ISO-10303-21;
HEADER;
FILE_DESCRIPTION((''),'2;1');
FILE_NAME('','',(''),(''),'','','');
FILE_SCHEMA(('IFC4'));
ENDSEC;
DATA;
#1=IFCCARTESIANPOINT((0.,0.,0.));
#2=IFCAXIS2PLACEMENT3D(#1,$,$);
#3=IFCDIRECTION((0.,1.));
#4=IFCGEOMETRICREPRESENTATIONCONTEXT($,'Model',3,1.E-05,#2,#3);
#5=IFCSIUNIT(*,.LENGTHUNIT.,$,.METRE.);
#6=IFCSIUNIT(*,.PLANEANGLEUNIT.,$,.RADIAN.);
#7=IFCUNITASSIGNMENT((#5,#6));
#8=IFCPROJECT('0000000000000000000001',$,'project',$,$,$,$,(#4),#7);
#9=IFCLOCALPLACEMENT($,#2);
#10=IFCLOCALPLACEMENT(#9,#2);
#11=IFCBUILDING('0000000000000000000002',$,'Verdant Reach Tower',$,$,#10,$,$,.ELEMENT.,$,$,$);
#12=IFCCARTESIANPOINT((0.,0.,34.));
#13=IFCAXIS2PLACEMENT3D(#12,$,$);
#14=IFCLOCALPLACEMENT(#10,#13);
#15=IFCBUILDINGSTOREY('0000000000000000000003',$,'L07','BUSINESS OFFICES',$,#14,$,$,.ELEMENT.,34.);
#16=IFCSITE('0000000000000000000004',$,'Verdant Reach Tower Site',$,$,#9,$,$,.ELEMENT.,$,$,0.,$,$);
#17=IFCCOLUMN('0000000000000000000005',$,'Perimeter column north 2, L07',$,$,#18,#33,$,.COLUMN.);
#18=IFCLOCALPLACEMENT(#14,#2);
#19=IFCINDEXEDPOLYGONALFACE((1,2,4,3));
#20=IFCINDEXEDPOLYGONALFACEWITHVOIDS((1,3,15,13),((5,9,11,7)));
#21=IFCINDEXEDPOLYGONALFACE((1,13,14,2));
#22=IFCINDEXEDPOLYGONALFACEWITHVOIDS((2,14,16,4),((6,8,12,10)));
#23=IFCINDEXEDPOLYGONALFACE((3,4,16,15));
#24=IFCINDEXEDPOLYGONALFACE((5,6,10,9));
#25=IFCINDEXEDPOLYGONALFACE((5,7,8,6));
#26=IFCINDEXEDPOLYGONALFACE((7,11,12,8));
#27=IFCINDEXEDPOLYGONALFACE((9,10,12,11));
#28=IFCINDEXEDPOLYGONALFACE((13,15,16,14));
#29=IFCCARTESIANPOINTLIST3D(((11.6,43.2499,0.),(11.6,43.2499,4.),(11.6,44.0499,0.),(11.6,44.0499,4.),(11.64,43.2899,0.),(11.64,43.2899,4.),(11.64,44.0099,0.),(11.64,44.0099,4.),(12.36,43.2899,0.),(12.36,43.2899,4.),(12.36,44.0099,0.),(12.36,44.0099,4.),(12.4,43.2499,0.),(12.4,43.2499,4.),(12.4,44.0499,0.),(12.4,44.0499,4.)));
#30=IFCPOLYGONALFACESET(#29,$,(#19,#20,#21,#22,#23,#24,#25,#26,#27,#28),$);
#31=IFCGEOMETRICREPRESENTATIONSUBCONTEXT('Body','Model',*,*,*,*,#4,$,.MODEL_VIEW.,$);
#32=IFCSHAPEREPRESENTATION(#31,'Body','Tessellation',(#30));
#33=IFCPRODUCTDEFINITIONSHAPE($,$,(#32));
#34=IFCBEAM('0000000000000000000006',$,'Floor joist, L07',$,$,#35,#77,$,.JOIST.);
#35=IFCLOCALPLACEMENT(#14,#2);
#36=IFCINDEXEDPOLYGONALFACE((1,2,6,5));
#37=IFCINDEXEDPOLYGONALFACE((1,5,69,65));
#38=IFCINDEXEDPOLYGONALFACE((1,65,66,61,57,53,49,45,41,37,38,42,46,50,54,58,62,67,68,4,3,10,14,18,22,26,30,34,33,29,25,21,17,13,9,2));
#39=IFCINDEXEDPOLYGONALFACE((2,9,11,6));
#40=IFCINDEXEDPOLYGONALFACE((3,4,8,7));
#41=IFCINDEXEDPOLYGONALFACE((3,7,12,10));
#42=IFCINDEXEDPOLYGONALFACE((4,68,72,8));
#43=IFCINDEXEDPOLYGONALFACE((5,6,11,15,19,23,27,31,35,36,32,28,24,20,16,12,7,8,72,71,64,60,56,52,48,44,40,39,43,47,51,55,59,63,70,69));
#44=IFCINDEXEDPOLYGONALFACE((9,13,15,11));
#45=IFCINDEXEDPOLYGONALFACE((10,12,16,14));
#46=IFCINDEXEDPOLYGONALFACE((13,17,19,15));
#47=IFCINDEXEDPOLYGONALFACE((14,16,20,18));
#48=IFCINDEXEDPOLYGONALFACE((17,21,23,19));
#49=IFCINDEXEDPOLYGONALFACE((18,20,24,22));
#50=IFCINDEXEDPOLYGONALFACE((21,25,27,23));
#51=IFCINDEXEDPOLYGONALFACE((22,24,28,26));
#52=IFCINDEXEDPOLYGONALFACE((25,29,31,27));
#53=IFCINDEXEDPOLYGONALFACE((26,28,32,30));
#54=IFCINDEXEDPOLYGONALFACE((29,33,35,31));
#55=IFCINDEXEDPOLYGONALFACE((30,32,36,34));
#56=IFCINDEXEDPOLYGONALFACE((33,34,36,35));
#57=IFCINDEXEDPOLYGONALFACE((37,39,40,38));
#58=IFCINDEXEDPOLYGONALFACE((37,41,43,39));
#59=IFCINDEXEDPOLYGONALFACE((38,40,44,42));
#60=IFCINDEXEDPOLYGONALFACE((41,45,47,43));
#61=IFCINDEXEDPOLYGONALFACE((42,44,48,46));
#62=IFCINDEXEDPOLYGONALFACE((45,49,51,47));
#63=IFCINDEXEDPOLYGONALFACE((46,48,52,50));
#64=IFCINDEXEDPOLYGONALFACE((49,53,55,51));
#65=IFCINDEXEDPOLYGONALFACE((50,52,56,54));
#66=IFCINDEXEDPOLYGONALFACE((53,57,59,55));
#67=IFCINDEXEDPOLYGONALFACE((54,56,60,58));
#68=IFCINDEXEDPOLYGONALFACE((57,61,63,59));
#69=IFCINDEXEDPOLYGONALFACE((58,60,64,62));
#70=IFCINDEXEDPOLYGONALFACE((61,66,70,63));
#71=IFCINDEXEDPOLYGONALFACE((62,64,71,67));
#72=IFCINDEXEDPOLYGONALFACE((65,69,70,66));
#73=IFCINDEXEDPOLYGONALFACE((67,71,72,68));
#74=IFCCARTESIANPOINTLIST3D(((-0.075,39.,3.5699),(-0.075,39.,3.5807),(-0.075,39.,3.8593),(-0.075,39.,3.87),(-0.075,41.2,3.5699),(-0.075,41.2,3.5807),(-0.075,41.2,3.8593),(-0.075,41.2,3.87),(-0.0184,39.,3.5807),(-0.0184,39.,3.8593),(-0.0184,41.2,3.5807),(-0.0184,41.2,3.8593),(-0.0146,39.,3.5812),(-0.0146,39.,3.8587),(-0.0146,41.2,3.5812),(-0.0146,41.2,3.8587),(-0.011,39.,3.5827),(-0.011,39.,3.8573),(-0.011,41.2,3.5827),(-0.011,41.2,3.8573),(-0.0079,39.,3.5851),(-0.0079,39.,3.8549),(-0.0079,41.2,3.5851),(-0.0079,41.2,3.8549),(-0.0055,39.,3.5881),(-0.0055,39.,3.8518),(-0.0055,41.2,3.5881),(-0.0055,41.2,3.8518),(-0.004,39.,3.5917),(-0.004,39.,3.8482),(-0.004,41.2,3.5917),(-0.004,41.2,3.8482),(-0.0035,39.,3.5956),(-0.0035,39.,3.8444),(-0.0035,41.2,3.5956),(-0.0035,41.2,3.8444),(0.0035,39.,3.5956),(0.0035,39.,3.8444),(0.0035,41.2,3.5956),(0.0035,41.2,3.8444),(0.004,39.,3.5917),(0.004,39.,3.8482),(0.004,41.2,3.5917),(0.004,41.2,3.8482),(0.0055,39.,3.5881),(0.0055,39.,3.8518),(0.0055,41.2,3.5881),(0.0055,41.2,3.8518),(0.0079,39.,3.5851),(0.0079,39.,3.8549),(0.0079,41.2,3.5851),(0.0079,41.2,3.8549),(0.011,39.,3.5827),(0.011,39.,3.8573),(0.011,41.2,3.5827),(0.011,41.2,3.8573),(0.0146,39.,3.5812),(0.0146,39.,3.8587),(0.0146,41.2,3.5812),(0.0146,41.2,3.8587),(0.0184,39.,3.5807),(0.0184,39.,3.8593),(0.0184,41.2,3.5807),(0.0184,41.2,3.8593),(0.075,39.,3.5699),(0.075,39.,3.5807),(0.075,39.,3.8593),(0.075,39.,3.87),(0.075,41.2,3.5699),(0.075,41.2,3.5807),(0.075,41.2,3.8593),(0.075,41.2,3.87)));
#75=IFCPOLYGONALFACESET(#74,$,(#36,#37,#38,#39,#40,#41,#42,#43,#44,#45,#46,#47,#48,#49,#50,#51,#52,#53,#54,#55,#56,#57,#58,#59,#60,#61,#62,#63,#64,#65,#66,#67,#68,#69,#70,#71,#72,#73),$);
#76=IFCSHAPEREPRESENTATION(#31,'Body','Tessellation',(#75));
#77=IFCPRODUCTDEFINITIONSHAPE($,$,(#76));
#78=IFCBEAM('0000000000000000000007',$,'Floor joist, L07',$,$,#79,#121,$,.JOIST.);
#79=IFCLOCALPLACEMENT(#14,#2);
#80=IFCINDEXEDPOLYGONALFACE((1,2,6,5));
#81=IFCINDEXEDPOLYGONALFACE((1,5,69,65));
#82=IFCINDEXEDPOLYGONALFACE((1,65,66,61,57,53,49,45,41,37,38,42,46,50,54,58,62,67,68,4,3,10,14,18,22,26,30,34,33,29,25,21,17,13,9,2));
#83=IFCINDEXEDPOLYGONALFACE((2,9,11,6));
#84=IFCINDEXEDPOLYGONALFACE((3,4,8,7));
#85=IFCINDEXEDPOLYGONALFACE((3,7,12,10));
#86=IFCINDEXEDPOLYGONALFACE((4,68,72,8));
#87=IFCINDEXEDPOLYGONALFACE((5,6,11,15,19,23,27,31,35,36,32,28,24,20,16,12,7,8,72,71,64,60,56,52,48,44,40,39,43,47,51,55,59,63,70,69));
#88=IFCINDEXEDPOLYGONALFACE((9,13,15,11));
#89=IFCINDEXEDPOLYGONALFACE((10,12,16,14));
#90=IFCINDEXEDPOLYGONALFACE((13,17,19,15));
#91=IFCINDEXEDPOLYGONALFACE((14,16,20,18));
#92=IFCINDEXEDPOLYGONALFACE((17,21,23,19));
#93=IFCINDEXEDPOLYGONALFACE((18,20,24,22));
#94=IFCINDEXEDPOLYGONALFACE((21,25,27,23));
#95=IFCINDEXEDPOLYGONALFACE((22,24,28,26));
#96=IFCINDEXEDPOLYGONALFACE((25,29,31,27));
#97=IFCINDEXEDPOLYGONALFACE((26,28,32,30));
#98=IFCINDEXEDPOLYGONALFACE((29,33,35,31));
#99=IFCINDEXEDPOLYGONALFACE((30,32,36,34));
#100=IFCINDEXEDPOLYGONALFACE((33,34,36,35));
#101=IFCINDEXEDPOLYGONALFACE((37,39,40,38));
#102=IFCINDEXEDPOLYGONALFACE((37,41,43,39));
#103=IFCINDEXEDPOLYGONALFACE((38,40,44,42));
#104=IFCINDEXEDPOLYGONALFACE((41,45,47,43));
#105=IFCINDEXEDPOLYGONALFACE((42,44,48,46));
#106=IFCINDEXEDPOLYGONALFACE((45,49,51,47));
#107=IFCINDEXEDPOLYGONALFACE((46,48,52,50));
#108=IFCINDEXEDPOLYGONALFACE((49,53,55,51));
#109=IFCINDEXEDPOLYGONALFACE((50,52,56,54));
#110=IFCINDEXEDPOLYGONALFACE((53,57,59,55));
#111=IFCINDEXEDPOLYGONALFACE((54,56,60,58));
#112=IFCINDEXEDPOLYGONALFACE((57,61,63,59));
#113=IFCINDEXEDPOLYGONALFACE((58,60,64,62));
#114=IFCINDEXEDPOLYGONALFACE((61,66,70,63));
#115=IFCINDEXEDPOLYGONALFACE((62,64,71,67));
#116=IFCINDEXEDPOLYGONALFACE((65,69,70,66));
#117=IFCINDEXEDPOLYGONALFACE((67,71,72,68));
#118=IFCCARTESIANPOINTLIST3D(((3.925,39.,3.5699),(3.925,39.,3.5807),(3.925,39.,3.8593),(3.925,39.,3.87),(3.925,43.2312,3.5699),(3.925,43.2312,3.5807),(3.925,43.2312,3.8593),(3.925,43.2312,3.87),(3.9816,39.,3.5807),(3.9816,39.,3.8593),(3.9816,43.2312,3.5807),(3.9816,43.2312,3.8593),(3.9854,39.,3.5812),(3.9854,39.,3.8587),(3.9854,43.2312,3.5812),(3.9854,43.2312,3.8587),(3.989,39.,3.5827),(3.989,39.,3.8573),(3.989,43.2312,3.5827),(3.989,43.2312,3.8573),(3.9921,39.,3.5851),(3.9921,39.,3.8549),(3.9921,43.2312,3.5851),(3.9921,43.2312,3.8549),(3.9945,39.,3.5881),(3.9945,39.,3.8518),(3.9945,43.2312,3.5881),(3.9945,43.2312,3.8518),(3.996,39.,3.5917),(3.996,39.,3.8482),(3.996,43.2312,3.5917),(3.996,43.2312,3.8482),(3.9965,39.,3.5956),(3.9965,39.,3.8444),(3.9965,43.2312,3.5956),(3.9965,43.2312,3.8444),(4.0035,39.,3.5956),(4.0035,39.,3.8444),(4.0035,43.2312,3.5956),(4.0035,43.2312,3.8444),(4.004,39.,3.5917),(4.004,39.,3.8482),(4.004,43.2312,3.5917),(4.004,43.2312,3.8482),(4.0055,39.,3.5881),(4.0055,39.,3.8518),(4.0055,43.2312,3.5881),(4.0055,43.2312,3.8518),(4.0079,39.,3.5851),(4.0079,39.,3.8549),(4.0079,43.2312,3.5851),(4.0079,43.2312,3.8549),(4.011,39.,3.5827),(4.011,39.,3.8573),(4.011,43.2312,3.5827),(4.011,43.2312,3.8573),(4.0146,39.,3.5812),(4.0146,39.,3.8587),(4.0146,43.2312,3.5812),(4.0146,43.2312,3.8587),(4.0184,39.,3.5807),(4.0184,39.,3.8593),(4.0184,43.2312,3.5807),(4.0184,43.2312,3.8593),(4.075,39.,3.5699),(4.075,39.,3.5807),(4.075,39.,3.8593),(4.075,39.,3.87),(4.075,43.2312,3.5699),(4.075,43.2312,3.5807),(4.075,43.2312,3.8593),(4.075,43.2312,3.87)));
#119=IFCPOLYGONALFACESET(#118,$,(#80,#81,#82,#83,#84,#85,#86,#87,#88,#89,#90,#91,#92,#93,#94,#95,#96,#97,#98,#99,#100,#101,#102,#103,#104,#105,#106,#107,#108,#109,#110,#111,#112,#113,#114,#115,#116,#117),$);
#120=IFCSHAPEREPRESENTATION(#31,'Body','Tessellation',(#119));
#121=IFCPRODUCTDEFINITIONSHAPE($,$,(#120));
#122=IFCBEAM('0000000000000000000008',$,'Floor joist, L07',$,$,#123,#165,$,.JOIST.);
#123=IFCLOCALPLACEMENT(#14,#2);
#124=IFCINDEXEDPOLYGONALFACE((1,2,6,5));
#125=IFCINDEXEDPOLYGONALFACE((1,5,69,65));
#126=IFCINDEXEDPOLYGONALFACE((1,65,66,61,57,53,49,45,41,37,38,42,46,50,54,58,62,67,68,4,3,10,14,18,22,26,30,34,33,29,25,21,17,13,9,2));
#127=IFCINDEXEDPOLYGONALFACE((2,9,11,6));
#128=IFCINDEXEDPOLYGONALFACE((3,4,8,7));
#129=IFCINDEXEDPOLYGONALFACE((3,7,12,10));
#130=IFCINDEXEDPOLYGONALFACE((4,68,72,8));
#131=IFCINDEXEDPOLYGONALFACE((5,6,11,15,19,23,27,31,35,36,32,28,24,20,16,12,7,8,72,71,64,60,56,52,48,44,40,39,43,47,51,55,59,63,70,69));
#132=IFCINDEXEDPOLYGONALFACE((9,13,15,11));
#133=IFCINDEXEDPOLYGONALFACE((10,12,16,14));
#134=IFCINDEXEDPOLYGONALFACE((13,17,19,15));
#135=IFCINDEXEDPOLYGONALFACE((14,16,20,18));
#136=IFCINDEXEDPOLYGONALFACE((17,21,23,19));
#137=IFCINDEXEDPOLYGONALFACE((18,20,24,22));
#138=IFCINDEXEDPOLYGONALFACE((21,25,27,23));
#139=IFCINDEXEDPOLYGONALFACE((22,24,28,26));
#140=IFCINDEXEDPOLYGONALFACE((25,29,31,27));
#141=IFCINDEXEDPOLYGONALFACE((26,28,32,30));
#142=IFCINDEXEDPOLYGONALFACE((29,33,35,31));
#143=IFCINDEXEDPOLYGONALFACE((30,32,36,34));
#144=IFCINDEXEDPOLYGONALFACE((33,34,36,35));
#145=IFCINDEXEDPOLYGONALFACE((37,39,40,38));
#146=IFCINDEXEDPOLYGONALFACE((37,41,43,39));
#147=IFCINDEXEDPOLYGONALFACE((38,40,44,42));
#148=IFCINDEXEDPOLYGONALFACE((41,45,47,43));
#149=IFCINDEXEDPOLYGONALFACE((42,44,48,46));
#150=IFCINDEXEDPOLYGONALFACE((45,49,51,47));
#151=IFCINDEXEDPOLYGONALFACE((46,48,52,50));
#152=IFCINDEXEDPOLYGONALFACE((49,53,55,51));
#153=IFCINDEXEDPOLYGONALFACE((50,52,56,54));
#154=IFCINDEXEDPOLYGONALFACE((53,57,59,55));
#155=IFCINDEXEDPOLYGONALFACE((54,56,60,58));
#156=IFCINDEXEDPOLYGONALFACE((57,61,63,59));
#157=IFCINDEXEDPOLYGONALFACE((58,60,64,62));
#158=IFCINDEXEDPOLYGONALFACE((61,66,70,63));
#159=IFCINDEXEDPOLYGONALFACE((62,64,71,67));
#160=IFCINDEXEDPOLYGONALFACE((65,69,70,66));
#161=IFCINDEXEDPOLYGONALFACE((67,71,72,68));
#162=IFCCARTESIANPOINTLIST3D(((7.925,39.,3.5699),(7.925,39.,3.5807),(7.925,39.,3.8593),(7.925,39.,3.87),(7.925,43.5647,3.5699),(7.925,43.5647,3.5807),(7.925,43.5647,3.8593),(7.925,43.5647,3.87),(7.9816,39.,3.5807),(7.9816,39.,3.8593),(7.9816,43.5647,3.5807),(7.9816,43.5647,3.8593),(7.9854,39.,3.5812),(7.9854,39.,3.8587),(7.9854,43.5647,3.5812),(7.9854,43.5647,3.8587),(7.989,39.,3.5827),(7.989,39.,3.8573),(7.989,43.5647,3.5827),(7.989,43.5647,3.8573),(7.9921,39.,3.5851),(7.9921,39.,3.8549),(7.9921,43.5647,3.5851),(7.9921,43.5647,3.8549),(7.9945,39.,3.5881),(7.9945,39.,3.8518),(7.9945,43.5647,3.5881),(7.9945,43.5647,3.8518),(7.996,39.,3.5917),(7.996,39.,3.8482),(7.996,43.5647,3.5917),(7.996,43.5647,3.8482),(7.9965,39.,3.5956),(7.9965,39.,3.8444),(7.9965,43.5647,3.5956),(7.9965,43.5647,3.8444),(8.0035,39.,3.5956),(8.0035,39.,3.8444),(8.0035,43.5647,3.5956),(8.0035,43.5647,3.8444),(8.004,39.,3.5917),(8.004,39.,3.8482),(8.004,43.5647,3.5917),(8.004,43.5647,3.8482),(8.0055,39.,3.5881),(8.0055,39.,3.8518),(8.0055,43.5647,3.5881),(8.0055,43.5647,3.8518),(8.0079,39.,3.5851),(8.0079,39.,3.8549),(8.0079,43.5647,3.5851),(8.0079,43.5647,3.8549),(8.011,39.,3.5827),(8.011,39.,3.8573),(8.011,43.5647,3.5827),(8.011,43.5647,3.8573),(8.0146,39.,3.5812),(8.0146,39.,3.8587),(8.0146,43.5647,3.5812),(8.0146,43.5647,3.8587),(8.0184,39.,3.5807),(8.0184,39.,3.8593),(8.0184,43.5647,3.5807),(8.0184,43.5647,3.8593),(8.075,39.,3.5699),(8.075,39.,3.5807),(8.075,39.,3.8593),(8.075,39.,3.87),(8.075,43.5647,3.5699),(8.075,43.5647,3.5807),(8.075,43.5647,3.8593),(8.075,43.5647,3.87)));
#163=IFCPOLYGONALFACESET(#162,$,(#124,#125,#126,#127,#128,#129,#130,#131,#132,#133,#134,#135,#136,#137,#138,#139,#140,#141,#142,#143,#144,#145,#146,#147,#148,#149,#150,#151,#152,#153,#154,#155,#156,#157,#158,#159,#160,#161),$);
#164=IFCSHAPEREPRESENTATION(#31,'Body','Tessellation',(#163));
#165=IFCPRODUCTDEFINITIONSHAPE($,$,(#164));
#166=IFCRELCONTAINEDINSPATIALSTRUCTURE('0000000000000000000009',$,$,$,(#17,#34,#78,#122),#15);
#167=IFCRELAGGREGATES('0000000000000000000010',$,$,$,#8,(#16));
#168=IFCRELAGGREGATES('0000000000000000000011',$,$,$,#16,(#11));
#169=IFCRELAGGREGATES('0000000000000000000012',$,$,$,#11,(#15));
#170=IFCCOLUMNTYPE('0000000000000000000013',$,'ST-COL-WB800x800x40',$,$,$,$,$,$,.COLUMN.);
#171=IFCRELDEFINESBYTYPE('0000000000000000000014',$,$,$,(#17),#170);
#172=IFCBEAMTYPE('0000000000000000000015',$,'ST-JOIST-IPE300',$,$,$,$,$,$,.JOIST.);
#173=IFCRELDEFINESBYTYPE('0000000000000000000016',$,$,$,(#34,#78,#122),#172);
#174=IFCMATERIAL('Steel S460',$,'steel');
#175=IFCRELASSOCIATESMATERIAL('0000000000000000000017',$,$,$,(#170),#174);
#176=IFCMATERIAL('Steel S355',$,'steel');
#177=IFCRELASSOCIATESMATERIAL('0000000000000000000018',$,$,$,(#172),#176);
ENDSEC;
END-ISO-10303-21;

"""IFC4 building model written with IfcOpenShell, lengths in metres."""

from ifc_helpers import new_model, si_unit, direction, frame, origin, origin_2d, place, context, subcontext, project, spatial, hollow_rectangle, i_section, extrude, material, material_profile, profile_set, type_object, element, save


model = new_model("IFC4")

# Units and contexts
model_context = context("Model", 3, precision=1e-05, world=origin(), true_north=direction((0.0, 1.0)))
body_context = subcontext(model_context, "Body", "Model", "MODEL_VIEW")
ifc_project = project(units=[si_unit("LENGTHUNIT", "METRE"), si_unit("PLANEANGLEUNIT", "RADIAN")], contexts=[model_context])

# Site, building, storey
site_placement = place(None, origin())
site = spatial("IfcSite", under=ifc_project, at=site_placement, Name="Verdant Reach Tower Site", CompositionType="ELEMENT", RefElevation=0.0)
building_placement = place(site_placement, origin())
building = spatial("IfcBuilding", under=site, at=building_placement, Name="Verdant Reach Tower", CompositionType="ELEMENT")
storey_placement = place(building_placement, frame((0.0, 0.0, 34.0)))
storey = spatial("IfcBuildingStorey", under=building, at=storey_placement, Name="L07", Description="BUSINESS OFFICES", CompositionType="ELEMENT", Elevation=34.0)

# Column
ifc_material_1 = material(Name="Steel S460", Category="steel")
ifc_material_profile_1 = material_profile(ifc_material_1, hollow_rectangle(XDim=0.8, YDim=0.8, WallThickness=0.04, at=origin_2d()), Name="WB 800x800x40")
ifc_profile_set_1 = profile_set([ifc_material_profile_1], Name="Steel S460")
column_type = type_object("IfcColumnType", Name="ST-COL-WB800x800x40", PredefinedType="COLUMN", material=ifc_profile_set_1)
column_placement = place(storey_placement, frame((12.0, 43.6499, 0.0), z_axis=(0.0, 0.0, 1.0), x_axis=(1.0, 0.0, 0.0)))
element("IfcColumn", 1, at=column_placement, inside=storey, type_object=column_type, Name="Perimeter column north 2, L07", PredefinedType="COLUMN", context=body_context, shape_type="SweptSolid", body=[
    extrude(hollow_rectangle(XDim=0.8, YDim=0.8, WallThickness=0.04, at=origin_2d()), origin(), (0.0, 0.0, 1.0), 4.0),
])

# Beams
ifc_material_2 = material(Name="Steel S355", Category="steel")
ifc_material_profile_2 = material_profile(ifc_material_2, i_section(OverallWidth=0.1499, OverallDepth=0.3, WebThickness=0.0071, FlangeThickness=0.0107, FilletRadius=0.0149, at=origin_2d()), Name="IPE 300")
ifc_profile_set_2 = profile_set([ifc_material_profile_2], Name="Steel S355")
beam_type = type_object("IfcBeamType", Name="ST-JOIST-IPE300", PredefinedType="JOIST", material=ifc_profile_set_2)
beam_1_placement = place(storey_placement, frame((0.0, 39.0, 3.72), z_axis=(0.0, 1.0, 0.0), x_axis=(-1.0, 0.0, 0.0)))
element("IfcBeam", 2, at=beam_1_placement, inside=storey, type_object=beam_type, Name="Floor joist, L07", PredefinedType="JOIST", context=body_context, shape_type="SweptSolid", body=[
    extrude(i_section(OverallWidth=0.1499, OverallDepth=0.3, WebThickness=0.0071, FlangeThickness=0.0107, FilletRadius=0.0149, at=origin_2d()), origin(), (0.0, 0.0, 1.0), 2.2),
])
beam_2_placement = place(storey_placement, frame((4.0, 39.0, 3.72), z_axis=(0.0, 1.0, 0.0), x_axis=(-1.0, 0.0, 0.0)))
element("IfcBeam", 3, at=beam_2_placement, inside=storey, type_object=beam_type, Name="Floor joist, L07", PredefinedType="JOIST", context=body_context, shape_type="SweptSolid", body=[
    extrude(i_section(OverallWidth=0.1499, OverallDepth=0.3, WebThickness=0.0071, FlangeThickness=0.0107, FilletRadius=0.0149, at=origin_2d()), origin(), (0.0, 0.0, 1.0), 4.2312),
])
beam_3_placement = place(storey_placement, frame((8.0, 39.0, 3.72), z_axis=(0.0, 1.0, 0.0), x_axis=(-1.0, 0.0, 0.0)))
element("IfcBeam", 4, at=beam_3_placement, inside=storey, type_object=beam_type, Name="Floor joist, L07", PredefinedType="JOIST", context=body_context, shape_type="SweptSolid", body=[
    extrude(i_section(OverallWidth=0.1499, OverallDepth=0.3, WebThickness=0.0071, FlangeThickness=0.0107, FilletRadius=0.0149, at=origin_2d()), origin(), (0.0, 0.0, 1.0), 4.5647),
])

save(model, "model.ifc")
